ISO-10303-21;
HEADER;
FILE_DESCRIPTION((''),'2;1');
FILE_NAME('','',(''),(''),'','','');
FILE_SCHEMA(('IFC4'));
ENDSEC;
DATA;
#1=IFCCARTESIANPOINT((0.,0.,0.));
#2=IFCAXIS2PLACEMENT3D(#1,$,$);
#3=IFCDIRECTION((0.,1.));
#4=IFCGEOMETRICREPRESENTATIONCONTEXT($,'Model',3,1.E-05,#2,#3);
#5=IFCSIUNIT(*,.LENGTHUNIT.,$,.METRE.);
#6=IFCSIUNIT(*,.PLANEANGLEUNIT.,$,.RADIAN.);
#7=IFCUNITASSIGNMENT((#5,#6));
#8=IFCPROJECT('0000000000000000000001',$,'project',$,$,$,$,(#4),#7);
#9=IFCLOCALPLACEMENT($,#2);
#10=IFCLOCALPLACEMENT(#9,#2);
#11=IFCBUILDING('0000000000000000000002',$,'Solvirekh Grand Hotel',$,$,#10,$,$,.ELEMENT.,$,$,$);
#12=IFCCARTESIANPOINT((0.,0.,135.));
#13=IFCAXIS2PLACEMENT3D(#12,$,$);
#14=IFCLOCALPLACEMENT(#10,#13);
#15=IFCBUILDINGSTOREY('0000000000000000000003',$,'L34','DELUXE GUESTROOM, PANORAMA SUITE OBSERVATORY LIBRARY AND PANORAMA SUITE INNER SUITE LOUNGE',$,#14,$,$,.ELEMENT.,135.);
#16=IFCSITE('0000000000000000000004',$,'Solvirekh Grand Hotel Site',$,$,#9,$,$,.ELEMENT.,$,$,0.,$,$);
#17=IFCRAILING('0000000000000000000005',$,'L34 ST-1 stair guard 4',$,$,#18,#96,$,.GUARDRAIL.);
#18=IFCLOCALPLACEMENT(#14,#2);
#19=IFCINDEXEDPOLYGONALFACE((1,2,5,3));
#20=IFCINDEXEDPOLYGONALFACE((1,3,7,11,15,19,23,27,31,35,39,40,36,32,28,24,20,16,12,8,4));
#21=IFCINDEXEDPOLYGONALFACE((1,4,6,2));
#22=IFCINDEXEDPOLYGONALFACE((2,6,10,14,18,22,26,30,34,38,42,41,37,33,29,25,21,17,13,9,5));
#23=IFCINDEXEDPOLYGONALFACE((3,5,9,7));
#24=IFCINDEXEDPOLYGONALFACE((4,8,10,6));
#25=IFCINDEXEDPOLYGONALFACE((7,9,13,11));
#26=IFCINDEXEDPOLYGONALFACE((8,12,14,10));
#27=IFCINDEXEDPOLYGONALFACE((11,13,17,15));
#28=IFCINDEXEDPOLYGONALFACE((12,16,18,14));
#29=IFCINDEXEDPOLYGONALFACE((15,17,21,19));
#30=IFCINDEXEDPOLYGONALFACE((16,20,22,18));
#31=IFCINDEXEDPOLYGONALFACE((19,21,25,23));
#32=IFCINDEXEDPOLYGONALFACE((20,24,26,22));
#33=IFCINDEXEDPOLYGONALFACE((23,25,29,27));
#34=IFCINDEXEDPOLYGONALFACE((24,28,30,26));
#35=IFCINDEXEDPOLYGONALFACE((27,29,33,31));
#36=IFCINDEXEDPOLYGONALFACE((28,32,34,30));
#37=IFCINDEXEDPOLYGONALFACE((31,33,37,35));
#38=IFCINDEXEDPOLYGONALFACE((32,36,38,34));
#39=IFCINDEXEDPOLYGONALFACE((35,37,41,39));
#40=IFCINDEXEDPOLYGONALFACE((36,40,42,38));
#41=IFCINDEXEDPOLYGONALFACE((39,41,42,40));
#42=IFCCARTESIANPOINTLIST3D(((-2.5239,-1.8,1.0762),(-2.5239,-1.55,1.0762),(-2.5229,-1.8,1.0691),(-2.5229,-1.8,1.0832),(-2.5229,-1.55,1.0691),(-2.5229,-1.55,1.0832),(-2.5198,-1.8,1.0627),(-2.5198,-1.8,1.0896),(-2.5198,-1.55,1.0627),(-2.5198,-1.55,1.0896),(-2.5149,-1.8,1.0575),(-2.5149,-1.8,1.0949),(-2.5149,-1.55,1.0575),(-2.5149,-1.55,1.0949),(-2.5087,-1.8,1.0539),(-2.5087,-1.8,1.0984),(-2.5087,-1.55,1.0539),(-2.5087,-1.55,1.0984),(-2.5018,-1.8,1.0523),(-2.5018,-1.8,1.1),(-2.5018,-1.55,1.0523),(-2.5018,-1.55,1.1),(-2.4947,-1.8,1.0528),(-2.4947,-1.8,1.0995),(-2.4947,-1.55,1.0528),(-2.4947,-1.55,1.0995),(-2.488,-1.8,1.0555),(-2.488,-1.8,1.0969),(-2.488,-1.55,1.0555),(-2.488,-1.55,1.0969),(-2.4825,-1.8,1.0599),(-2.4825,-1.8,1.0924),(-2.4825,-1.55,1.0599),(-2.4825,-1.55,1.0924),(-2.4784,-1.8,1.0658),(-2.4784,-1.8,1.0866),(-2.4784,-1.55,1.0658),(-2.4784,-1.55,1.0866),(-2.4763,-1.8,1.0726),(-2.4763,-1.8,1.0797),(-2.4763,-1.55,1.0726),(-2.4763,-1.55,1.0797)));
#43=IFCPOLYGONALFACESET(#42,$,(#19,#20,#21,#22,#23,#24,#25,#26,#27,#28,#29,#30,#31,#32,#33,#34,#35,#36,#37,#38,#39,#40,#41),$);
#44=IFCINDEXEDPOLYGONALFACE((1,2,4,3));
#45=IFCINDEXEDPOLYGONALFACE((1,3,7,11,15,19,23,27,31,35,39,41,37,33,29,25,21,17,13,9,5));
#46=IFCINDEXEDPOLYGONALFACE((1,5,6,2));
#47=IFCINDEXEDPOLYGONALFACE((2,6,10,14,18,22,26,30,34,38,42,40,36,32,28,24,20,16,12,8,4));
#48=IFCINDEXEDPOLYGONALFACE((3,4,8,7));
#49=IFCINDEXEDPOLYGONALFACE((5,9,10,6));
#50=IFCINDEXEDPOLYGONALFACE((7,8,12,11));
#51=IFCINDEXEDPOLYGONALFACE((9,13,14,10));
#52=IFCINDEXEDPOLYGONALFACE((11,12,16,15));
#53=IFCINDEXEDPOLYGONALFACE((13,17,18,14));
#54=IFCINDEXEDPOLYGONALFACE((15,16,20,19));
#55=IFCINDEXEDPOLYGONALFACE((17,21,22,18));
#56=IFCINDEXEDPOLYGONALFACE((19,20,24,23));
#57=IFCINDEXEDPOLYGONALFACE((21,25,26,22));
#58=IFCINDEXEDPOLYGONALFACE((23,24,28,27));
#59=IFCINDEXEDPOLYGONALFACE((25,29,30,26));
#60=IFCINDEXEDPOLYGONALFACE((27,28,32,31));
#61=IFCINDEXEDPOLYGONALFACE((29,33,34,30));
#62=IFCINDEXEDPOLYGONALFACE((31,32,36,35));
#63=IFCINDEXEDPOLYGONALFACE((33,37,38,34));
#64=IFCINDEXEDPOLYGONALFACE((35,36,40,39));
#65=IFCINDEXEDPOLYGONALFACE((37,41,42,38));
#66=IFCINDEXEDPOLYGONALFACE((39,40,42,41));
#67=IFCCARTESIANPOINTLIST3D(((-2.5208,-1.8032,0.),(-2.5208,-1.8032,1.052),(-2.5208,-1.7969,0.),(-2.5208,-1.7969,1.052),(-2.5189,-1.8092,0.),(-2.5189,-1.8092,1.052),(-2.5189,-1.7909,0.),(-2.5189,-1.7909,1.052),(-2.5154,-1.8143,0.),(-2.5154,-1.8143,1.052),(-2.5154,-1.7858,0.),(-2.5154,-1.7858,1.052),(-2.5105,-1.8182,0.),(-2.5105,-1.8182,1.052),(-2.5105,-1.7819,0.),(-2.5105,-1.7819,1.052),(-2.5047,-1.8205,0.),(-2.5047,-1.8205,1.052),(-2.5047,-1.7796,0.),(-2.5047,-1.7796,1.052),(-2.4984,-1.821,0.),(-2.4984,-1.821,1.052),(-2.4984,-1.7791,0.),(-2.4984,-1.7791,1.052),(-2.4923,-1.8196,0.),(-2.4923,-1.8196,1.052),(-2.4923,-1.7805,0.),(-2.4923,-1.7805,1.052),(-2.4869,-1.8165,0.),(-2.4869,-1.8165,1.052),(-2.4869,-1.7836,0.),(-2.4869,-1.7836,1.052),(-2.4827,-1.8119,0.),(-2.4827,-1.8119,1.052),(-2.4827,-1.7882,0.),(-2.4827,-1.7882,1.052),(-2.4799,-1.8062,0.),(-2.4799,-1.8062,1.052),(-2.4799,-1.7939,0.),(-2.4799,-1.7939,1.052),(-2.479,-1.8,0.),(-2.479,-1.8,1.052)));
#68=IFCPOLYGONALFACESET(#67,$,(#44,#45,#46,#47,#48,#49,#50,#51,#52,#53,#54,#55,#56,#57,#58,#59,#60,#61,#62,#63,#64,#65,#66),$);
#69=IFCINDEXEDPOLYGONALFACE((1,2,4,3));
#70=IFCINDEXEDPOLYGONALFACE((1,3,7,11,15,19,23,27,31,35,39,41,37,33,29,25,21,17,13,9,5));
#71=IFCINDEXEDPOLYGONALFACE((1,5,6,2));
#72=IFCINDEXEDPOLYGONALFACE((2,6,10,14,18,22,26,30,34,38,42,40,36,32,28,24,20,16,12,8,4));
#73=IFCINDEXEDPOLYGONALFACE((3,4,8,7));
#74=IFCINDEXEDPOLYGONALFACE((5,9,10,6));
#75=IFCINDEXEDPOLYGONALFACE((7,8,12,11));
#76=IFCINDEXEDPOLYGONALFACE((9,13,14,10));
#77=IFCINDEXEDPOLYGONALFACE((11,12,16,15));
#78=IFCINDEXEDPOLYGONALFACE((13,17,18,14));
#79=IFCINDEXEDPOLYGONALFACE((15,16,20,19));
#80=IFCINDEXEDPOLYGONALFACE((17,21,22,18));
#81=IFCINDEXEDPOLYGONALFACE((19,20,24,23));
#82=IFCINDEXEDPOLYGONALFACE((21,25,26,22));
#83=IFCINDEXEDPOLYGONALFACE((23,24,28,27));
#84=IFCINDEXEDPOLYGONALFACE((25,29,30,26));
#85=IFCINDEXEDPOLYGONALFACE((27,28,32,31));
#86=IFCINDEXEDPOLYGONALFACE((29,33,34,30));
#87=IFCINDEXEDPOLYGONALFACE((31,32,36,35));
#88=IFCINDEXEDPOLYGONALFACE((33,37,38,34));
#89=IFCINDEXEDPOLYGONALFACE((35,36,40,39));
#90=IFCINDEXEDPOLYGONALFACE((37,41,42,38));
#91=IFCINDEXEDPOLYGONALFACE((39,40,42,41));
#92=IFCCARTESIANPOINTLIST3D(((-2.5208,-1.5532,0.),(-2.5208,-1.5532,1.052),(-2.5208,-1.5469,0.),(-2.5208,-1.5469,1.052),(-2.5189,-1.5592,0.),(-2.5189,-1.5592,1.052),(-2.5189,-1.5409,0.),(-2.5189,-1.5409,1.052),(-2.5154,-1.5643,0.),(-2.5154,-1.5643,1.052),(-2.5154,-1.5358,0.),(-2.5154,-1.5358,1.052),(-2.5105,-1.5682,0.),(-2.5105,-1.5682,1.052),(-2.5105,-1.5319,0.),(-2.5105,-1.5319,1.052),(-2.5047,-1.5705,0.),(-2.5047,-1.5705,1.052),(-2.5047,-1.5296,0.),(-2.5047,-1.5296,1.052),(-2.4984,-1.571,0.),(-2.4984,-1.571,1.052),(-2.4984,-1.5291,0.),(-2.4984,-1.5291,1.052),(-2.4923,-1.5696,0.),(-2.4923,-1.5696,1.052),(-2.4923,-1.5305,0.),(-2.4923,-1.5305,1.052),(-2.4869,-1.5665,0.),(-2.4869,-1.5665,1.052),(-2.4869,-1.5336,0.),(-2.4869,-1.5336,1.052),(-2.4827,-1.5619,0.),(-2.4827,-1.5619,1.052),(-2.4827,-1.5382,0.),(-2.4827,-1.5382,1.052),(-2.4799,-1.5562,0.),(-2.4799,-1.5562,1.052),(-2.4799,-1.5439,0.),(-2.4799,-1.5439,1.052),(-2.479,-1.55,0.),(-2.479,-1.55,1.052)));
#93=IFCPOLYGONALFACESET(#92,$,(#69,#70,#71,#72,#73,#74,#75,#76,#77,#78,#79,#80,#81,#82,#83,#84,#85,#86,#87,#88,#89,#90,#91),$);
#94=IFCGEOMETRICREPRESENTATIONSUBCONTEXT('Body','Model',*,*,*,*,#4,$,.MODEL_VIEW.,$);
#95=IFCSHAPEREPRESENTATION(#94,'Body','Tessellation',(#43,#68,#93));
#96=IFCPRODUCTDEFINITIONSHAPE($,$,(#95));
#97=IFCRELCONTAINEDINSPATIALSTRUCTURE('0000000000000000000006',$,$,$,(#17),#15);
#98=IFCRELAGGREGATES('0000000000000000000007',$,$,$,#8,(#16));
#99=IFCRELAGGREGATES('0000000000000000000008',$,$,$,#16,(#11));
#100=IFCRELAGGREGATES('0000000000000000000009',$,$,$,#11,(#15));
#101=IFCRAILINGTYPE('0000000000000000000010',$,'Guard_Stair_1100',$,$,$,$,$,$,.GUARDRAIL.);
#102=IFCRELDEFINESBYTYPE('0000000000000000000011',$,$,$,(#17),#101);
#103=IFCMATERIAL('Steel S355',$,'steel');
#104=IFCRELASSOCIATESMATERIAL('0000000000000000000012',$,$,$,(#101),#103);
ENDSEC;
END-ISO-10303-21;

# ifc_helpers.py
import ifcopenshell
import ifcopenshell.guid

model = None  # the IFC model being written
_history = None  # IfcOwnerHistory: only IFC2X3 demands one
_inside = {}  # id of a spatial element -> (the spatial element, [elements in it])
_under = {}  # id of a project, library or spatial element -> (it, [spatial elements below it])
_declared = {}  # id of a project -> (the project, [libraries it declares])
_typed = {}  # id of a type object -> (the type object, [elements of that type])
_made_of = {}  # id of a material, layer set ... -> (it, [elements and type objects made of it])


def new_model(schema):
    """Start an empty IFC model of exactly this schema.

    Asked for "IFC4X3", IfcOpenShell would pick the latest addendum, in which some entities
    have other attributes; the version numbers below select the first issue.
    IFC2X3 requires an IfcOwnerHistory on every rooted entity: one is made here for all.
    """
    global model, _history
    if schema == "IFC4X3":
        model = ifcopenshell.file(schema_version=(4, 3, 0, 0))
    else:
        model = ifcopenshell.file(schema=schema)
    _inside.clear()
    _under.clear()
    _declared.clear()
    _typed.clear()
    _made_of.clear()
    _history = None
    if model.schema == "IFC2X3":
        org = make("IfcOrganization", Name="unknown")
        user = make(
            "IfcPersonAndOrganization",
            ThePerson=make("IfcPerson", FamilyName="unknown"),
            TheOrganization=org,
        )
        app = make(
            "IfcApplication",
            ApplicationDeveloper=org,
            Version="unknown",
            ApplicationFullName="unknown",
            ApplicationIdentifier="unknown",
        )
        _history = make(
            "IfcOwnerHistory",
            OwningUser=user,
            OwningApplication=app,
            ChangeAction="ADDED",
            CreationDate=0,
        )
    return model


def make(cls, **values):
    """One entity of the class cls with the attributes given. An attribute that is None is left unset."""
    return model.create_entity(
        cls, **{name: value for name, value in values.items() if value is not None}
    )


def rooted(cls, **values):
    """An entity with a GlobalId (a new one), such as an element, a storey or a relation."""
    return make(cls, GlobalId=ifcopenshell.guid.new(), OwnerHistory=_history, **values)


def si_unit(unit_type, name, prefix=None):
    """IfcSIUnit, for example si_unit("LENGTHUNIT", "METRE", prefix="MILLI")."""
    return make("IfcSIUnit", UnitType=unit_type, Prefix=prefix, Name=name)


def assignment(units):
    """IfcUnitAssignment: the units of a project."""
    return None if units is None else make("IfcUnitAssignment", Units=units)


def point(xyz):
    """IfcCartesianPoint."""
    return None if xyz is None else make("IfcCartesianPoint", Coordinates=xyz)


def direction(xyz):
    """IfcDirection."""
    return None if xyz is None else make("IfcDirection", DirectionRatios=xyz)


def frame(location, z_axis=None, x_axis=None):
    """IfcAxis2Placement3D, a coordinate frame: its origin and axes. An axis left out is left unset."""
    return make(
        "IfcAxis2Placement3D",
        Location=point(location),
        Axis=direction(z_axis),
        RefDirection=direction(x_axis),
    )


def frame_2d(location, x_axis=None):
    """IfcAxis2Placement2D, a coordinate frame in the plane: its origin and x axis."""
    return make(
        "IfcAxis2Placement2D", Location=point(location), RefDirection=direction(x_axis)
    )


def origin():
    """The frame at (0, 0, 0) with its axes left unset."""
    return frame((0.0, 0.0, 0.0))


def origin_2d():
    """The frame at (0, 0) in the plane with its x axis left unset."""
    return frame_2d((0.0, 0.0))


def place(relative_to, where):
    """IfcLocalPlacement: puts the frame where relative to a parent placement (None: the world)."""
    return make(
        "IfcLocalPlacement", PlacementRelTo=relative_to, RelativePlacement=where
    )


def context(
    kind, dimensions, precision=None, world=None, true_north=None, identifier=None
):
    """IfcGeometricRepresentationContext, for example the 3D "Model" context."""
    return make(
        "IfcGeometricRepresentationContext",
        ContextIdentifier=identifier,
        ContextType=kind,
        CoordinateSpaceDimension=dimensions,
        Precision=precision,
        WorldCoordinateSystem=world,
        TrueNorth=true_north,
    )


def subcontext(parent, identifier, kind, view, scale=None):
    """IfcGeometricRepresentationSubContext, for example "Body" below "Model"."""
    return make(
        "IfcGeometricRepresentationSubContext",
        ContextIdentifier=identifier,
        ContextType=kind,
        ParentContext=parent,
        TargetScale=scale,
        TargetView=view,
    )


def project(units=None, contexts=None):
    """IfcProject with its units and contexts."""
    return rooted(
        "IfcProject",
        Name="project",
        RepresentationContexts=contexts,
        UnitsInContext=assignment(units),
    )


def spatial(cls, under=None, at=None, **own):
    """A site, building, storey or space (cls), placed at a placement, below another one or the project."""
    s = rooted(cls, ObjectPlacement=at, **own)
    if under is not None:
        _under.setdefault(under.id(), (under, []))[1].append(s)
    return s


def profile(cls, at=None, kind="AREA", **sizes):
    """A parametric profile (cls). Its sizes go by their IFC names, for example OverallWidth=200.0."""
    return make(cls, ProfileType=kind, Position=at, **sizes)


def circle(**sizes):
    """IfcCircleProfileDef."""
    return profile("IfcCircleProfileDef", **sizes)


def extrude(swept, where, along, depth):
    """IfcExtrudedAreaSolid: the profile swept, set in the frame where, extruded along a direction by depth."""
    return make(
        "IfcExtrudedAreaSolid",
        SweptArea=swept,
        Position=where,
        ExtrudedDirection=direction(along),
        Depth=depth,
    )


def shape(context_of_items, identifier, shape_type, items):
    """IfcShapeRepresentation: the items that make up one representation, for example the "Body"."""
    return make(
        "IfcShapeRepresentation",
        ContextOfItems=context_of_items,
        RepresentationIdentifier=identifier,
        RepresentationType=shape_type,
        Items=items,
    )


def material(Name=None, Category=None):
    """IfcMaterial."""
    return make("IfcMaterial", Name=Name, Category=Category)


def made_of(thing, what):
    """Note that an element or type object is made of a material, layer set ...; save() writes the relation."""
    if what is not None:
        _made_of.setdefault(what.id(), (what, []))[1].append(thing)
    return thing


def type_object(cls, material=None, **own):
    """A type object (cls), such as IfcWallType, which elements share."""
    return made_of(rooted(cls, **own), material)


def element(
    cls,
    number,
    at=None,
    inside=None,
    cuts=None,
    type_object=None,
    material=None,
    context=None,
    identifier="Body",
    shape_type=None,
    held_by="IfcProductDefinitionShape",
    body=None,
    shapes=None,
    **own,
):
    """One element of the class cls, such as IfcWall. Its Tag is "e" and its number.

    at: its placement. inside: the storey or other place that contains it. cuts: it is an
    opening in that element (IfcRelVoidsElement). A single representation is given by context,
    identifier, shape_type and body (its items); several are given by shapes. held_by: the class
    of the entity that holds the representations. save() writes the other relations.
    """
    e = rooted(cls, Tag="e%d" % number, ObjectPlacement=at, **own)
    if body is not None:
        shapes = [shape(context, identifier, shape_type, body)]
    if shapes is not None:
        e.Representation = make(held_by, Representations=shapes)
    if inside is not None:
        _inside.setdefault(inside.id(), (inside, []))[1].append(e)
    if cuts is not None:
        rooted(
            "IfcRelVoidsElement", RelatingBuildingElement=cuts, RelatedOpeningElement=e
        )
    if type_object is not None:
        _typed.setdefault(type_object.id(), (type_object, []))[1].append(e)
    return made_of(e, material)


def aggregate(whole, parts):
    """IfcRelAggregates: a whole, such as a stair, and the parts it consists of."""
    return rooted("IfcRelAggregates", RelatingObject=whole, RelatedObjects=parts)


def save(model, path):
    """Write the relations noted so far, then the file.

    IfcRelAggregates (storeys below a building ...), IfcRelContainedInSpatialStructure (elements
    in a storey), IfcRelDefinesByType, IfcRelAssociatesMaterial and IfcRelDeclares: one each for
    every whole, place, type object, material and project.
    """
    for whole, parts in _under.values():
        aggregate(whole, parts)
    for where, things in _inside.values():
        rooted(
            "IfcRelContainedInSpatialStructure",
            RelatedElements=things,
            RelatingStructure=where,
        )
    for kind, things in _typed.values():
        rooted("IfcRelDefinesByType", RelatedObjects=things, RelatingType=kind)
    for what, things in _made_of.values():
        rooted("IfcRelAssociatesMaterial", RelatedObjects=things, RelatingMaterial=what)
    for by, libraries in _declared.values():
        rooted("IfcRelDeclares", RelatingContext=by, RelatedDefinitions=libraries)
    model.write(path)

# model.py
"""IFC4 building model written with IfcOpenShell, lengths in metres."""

from ifc_helpers import new_model, si_unit, direction, frame, origin, origin_2d, place, context, subcontext, project, spatial, circle, extrude, material, type_object, element, save


model = new_model("IFC4")

# Units and contexts
model_context = context("Model", 3, precision=1e-05, world=origin(), true_north=direction((0.0, 1.0)))
body_context = subcontext(model_context, "Body", "Model", "MODEL_VIEW")
ifc_project = project(units=[si_unit("LENGTHUNIT", "METRE"), si_unit("PLANEANGLEUNIT", "RADIAN")], contexts=[model_context])

# Site, building, storey
site_placement = place(None, origin())
site = spatial("IfcSite", under=ifc_project, at=site_placement, Name="Solvirekh Grand Hotel Site", CompositionType="ELEMENT", RefElevation=0.0)
building_placement = place(site_placement, origin())
building = spatial("IfcBuilding", under=site, at=building_placement, Name="Solvirekh Grand Hotel", CompositionType="ELEMENT")
storey_placement = place(building_placement, frame((0.0, 0.0, 135.0)))
storey = spatial("IfcBuildingStorey", under=building, at=storey_placement, Name="L34", Description="DELUXE GUESTROOM, PANORAMA SUITE OBSERVATORY LIBRARY AND PANORAMA SUITE INNER SUITE LOUNGE", CompositionType="ELEMENT", Elevation=135.0)

# Railing
ifc_material_1 = material(Name="Steel S355", Category="steel")
railing_type_1 = type_object("IfcRailingType", Name="Guard_Stair_1100", PredefinedType="GUARDRAIL", material=ifc_material_1)
railing_1_placement = place(storey_placement, frame((-2.5, -1.8, 0.0)))
element("IfcRailing", 1, at=railing_1_placement, inside=storey, type_object=railing_type_1, Name="L34 ST-1 stair guard 4", PredefinedType="GUARDRAIL", context=body_context, shape_type="SweptSolid", body=[
    extrude(circle(Radius=0.0239, at=origin_2d()), frame((0.0, 0.0, 1.0762), z_axis=(0.0, 1.0, 0.0), x_axis=(-1.0, 0.0, 0.0)), (0.0, 0.0, 1.0), 0.25),
    extrude(circle(Radius=0.021, at=origin_2d()), origin(), (0.0, 0.0, 1.0), 1.052),
    extrude(circle(Radius=0.021, at=origin_2d()), frame((0.0, 0.25, 0.0)), (0.0, 0.0, 1.0), 1.052),
])

save(model, "model.ifc")
